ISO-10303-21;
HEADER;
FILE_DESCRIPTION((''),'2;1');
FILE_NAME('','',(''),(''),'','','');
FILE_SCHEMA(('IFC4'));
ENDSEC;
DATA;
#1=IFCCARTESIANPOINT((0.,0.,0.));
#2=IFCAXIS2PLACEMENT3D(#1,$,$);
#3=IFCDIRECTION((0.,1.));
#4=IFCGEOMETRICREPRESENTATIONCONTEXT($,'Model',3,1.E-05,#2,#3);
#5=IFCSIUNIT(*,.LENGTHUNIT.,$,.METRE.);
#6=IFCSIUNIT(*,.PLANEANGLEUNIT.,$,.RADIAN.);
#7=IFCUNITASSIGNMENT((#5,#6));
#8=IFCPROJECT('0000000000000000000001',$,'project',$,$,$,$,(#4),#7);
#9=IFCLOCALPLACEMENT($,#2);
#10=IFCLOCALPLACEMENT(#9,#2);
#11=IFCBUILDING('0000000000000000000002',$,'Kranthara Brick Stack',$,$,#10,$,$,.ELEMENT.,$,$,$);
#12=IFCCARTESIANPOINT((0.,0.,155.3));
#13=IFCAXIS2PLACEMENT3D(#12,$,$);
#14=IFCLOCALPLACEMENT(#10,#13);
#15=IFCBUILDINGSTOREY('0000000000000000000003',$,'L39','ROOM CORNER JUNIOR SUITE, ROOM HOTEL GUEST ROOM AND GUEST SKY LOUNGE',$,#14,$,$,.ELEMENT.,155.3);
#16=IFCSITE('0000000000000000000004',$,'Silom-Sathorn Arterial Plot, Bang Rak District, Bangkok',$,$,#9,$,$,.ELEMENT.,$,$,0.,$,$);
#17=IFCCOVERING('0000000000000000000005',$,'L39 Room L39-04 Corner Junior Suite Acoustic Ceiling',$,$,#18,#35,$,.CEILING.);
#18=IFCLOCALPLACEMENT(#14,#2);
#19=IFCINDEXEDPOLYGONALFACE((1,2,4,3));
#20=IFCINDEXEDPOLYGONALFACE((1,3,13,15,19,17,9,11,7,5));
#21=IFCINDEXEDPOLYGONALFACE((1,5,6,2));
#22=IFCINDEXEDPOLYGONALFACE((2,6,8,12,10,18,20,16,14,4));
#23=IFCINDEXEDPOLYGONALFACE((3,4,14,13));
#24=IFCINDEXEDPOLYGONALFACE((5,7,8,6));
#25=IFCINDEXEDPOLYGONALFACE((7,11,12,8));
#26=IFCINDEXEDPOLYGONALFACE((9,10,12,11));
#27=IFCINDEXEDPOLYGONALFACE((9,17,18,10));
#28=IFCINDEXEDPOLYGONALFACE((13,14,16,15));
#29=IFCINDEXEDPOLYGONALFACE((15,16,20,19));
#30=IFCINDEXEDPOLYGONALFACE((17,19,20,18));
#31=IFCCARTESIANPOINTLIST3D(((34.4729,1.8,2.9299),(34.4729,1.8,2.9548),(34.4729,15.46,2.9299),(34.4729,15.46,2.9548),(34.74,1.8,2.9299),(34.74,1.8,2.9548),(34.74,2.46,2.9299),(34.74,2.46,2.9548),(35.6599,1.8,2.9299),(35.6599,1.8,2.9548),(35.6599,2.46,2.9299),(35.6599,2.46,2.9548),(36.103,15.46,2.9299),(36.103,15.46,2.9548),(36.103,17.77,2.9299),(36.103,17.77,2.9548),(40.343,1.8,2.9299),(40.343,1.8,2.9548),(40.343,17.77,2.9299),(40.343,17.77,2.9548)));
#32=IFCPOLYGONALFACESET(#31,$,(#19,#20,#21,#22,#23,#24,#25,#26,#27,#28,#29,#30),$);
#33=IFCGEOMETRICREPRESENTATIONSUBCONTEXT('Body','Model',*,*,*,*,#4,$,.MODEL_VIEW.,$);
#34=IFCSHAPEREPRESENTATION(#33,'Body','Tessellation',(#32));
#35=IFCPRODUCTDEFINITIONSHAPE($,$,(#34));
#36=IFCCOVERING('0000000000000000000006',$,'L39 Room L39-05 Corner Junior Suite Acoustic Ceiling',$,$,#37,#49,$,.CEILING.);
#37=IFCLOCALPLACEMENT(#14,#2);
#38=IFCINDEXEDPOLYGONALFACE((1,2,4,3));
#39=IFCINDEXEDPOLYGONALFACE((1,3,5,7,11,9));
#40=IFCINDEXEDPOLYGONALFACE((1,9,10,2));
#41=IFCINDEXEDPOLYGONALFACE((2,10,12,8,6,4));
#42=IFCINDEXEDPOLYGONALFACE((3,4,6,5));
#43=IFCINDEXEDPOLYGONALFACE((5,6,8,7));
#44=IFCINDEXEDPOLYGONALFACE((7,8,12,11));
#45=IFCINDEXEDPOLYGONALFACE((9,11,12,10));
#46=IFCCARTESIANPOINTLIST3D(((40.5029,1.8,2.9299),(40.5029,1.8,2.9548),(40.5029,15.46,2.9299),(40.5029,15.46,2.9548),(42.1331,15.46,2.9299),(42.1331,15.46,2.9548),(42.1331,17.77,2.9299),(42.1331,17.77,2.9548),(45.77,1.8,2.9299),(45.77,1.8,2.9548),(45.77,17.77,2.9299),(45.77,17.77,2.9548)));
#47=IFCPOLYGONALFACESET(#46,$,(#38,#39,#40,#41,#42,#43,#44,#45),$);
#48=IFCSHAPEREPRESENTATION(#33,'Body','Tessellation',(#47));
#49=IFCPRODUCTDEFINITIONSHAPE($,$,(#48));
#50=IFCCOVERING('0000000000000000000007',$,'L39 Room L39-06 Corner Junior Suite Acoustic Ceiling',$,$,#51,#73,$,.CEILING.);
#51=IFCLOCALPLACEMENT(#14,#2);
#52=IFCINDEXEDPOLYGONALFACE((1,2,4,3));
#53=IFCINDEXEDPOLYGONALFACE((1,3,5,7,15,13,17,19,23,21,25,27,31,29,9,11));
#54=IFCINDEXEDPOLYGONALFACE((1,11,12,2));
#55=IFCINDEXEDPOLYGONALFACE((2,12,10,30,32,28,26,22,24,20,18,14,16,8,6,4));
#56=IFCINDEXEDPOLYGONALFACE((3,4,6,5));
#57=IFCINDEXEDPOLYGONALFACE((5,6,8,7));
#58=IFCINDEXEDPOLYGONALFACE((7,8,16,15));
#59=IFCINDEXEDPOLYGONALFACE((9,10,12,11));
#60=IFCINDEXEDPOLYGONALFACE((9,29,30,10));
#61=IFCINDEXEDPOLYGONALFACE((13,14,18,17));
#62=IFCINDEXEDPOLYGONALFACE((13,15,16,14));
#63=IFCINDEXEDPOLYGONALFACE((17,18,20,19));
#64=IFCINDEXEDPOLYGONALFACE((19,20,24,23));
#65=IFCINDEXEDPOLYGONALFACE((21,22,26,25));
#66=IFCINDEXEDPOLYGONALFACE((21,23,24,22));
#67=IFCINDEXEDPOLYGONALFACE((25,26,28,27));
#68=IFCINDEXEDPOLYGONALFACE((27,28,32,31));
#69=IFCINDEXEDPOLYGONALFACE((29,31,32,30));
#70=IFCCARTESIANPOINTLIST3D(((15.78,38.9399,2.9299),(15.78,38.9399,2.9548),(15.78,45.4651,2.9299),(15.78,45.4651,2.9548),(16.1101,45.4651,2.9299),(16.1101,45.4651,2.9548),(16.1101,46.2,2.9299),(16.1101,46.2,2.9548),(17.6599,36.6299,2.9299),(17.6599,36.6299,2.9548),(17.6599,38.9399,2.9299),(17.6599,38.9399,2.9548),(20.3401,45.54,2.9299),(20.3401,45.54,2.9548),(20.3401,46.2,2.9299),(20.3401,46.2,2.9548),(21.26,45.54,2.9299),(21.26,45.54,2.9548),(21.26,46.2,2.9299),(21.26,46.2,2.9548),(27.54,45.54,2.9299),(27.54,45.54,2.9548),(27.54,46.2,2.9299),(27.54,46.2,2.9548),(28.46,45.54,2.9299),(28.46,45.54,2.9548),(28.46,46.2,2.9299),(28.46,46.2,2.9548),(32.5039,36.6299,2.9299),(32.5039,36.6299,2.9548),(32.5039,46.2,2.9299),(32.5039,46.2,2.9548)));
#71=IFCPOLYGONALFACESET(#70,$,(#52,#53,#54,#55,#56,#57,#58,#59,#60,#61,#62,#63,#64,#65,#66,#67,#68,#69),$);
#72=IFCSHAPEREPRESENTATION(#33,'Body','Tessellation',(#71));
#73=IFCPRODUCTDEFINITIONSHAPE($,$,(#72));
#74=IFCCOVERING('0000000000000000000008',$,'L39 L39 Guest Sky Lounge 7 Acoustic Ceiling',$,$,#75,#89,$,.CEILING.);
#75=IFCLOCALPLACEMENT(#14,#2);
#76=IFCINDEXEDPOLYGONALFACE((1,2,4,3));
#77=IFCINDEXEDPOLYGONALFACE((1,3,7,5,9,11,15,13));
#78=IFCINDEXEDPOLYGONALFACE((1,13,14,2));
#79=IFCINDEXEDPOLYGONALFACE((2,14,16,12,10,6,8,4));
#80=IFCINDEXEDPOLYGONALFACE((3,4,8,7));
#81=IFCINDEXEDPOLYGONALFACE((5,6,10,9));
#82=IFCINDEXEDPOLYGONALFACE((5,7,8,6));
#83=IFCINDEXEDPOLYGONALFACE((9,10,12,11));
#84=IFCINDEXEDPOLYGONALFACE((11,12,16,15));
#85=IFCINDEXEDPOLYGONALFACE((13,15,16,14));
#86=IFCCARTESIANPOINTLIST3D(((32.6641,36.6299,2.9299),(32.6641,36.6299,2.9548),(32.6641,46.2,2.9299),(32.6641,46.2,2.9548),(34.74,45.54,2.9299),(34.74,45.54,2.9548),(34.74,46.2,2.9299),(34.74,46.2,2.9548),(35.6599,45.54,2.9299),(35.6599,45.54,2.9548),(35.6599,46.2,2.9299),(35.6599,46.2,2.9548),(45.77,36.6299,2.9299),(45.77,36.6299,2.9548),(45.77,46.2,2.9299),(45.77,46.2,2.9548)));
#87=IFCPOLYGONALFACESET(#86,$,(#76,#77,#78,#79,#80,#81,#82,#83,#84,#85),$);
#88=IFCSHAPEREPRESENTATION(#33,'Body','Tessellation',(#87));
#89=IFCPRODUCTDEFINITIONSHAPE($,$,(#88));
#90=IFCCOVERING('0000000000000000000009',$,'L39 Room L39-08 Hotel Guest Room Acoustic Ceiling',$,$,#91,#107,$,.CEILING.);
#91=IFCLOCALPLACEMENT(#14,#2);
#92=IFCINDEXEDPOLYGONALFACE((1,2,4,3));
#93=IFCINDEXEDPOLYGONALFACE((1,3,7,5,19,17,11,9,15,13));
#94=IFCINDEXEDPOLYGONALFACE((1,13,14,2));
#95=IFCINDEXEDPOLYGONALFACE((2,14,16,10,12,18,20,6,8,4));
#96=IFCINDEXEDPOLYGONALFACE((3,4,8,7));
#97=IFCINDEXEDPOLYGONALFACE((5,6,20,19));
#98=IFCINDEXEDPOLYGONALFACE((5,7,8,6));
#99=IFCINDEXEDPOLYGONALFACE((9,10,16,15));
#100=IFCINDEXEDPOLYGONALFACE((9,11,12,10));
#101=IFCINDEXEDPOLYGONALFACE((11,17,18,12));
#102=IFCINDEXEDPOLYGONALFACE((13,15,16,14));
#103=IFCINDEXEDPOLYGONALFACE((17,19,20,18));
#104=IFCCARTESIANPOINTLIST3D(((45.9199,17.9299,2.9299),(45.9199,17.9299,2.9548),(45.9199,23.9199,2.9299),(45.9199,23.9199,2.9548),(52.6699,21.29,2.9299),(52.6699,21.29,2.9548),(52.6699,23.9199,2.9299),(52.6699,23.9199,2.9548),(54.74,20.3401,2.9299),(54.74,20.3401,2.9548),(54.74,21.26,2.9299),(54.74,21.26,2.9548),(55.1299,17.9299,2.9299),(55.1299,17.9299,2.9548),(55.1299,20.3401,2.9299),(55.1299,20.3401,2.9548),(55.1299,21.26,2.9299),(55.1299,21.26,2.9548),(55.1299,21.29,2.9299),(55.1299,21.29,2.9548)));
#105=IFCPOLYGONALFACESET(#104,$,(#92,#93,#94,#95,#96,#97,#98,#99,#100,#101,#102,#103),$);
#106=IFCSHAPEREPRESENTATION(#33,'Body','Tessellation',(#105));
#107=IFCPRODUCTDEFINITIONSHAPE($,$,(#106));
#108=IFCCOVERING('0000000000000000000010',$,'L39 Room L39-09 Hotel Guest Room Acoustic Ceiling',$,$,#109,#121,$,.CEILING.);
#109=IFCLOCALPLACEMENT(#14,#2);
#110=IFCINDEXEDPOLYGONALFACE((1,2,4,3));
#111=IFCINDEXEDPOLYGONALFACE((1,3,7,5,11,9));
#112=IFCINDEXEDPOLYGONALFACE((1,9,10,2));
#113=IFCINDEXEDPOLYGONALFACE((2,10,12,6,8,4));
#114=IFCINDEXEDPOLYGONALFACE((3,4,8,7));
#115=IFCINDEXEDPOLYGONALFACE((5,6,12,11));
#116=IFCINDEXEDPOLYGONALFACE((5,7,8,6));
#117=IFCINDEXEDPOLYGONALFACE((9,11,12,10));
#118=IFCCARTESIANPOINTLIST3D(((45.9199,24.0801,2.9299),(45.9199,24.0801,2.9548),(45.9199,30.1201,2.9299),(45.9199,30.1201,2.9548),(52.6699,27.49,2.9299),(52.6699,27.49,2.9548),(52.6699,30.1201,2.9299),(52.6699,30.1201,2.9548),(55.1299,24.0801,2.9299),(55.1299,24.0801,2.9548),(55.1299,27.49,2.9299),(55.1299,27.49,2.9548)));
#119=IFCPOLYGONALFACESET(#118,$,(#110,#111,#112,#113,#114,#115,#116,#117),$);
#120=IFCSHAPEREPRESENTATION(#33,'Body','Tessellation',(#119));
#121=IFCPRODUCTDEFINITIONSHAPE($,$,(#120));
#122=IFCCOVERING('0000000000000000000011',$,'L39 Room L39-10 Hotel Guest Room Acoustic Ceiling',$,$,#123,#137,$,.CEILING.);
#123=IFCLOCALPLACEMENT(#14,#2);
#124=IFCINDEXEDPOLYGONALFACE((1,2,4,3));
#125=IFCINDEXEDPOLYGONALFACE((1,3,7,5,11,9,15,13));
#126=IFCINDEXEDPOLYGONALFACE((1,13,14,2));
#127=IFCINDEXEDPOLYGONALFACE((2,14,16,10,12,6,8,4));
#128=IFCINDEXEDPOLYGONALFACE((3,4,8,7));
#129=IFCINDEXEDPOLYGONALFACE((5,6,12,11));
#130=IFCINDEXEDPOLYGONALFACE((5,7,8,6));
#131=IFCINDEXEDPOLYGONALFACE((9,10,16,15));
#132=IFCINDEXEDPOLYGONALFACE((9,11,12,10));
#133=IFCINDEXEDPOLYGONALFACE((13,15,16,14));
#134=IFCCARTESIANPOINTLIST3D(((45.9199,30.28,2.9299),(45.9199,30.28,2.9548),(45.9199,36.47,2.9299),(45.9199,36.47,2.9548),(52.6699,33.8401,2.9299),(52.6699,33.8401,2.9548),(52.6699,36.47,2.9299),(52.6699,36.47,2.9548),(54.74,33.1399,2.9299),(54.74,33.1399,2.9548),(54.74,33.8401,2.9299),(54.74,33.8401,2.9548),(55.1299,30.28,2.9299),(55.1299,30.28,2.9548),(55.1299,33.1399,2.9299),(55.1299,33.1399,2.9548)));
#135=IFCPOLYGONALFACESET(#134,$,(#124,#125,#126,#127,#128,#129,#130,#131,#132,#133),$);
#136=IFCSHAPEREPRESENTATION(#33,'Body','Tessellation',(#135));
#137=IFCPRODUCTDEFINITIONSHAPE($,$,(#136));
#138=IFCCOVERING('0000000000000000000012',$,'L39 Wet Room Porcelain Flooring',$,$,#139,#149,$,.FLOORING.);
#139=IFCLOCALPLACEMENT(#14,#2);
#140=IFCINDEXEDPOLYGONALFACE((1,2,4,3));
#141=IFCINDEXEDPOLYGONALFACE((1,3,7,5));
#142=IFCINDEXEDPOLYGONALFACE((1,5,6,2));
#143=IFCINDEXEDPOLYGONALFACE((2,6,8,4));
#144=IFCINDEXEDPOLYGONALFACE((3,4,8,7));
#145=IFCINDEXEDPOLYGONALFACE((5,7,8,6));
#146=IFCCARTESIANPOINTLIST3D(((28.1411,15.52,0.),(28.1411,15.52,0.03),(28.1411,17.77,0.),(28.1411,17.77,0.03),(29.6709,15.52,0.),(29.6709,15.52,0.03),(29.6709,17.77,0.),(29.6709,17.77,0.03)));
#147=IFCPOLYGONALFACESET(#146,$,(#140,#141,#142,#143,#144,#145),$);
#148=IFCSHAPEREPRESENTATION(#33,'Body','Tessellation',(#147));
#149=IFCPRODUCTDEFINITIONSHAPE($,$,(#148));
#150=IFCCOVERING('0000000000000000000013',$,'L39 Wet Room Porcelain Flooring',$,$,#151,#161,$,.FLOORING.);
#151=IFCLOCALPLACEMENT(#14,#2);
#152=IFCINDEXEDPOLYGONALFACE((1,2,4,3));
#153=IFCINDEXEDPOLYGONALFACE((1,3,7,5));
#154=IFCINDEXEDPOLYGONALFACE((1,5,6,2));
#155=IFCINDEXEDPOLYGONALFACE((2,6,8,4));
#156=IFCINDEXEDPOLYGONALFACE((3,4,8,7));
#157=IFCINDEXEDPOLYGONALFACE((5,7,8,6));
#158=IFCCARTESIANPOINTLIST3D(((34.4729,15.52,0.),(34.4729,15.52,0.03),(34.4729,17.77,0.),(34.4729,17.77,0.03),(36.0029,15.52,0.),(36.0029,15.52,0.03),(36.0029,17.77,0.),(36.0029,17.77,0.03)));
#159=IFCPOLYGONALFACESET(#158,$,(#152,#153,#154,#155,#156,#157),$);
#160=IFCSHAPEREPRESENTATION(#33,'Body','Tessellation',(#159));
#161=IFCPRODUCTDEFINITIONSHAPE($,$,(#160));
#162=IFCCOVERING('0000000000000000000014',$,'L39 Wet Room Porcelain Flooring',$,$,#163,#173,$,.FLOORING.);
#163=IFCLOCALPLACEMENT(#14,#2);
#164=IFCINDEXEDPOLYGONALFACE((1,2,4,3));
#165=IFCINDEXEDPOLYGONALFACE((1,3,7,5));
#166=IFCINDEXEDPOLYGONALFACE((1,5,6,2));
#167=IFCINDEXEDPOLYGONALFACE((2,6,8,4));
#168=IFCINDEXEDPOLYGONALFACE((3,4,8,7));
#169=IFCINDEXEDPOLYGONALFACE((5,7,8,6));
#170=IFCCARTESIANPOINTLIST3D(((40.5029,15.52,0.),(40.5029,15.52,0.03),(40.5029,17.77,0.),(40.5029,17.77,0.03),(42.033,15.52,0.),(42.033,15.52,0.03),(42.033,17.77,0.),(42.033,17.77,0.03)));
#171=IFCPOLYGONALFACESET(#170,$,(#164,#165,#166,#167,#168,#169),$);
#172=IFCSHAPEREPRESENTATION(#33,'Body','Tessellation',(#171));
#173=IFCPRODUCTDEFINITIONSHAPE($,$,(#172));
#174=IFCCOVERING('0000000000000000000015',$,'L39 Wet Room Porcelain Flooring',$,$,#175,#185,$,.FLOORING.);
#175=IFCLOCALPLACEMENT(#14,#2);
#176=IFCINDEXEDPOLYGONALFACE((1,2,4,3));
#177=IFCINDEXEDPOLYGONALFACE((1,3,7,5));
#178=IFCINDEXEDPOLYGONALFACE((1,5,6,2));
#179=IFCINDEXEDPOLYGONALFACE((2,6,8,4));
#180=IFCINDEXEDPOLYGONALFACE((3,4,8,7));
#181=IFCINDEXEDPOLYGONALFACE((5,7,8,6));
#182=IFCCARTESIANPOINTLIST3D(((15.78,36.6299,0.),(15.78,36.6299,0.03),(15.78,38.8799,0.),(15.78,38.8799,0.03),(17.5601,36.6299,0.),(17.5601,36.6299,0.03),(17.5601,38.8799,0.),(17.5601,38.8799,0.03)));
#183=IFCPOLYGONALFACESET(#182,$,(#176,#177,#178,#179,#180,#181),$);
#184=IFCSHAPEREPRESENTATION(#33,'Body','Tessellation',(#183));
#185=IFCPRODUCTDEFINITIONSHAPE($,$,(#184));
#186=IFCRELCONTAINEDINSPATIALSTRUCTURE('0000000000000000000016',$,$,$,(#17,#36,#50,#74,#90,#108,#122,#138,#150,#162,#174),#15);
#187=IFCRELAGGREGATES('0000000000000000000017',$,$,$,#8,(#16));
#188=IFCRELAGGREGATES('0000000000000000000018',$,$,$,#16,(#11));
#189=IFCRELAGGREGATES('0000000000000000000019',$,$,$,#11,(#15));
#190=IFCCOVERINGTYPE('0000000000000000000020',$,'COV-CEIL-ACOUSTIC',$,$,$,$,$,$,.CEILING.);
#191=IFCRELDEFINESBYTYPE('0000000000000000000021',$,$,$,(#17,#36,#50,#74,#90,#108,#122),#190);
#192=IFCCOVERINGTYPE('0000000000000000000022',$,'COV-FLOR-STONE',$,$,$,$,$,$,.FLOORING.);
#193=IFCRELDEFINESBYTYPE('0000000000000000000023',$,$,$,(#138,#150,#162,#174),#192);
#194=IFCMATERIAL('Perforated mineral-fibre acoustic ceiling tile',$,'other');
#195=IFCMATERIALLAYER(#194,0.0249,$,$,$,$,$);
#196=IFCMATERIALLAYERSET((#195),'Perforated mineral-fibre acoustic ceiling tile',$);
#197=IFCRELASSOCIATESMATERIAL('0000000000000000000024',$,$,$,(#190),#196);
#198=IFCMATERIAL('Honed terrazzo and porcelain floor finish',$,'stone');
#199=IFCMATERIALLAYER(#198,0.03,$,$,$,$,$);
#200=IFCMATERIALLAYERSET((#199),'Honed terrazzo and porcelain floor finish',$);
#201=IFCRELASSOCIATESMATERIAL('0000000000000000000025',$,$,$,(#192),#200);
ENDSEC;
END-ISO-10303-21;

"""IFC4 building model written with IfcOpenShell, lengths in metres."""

from ifc_helpers import new_model, si_unit, direction, frame, origin, place, context, subcontext, project, spatial, polyline, outline, extrude, material, layer, layer_set, type_object, element, save


model = new_model("IFC4")

# Units and contexts
model_context = context("Model", 3, precision=1e-05, world=origin(), true_north=direction((0.0, 1.0)))
body_context = subcontext(model_context, "Body", "Model", "MODEL_VIEW")
ifc_project = project(units=[si_unit("LENGTHUNIT", "METRE"), si_unit("PLANEANGLEUNIT", "RADIAN")], contexts=[model_context])

# Site, building, storey
site_placement = place(None, origin())
site = spatial("IfcSite", under=ifc_project, at=site_placement, Name="Silom-Sathorn Arterial Plot, Bang Rak District, Bangkok", CompositionType="ELEMENT", RefElevation=0.0)
building_placement = place(site_placement, origin())
building = spatial("IfcBuilding", under=site, at=building_placement, Name="Kranthara Brick Stack", CompositionType="ELEMENT")
storey_placement = place(building_placement, frame((0.0, 0.0, 155.3)))
storey = spatial("IfcBuildingStorey", under=building, at=storey_placement, Name="L39", Description="ROOM CORNER JUNIOR SUITE, ROOM HOTEL GUEST ROOM AND GUEST SKY LOUNGE", CompositionType="ELEMENT", Elevation=155.3)

# Coverings
ifc_material_1 = material(Name="Perforated mineral-fibre acoustic ceiling tile", Category="other")
ifc_layer_1 = layer(ifc_material_1, 0.0249)
ifc_layer_set_1 = layer_set([ifc_layer_1], Name="Perforated mineral-fibre acoustic ceiling tile")
covering_type_1 = type_object("IfcCoveringType", Name="COV-CEIL-ACOUSTIC", PredefinedType="CEILING", material=ifc_layer_set_1)
covering_1_placement = place(storey_placement, frame((0.0, 0.0, 2.9299)))
element("IfcCovering", 1, at=covering_1_placement, inside=storey, type_object=covering_type_1, Name="L39 Room L39-04 Corner Junior Suite Acoustic Ceiling", PredefinedType="CEILING", context=body_context, shape_type="SweptSolid", body=[
    extrude(outline(polyline([(34.4729, 1.8), (34.4729, 15.46), (36.103, 15.46), (36.103, 17.77), (40.343, 17.77), (40.343, 1.8), (35.6599, 1.8), (35.6599, 2.46), (34.74, 2.46), (34.74, 1.8), (34.4729, 1.8)])), origin(), (0.0, 0.0, 1.0), 0.0249),
])
covering_2_placement = place(storey_placement, frame((0.0, 0.0, 2.9299)))
element("IfcCovering", 2, at=covering_2_placement, inside=storey, type_object=covering_type_1, Name="L39 Room L39-05 Corner Junior Suite Acoustic Ceiling", PredefinedType="CEILING", context=body_context, shape_type="SweptSolid", body=[
    extrude(outline(polyline([(40.5029, 1.8), (45.77, 1.8), (45.77, 17.77), (42.1331, 17.77), (42.1331, 15.46), (40.5029, 15.46), (40.5029, 1.8)])), origin(), (0.0, 0.0, 1.0), 0.0249),
])
covering_3_placement = place(storey_placement, frame((0.0, 0.0, 2.9299)))
element("IfcCovering", 3, at=covering_3_placement, inside=storey, type_object=covering_type_1, Name="L39 Room L39-06 Corner Junior Suite Acoustic Ceiling", PredefinedType="CEILING", context=body_context, shape_type="SweptSolid", body=[
    extrude(outline(polyline([(17.6599, 36.6299), (17.6599, 38.9399), (15.78, 38.9399), (15.78, 45.4651), (16.1101, 45.4651), (16.1101, 46.2), (20.3401, 46.2), (20.3401, 45.54), (21.26, 45.54), (21.26, 46.2), (27.54, 46.2), (27.54, 45.54), (28.46, 45.54), (28.46, 46.2), (32.5039, 46.2), (32.5039, 36.6299), (17.6599, 36.6299)])), origin(), (0.0, 0.0, 1.0), 0.0249),
])
covering_4_placement = place(storey_placement, frame((0.0, 0.0, 2.9299)))
element("IfcCovering", 4, at=covering_4_placement, inside=storey, type_object=covering_type_1, Name="L39 L39 Guest Sky Lounge 7 Acoustic Ceiling", PredefinedType="CEILING", context=body_context, shape_type="SweptSolid", body=[
    extrude(outline(polyline([(45.77, 46.2), (45.77, 36.6299), (32.6641, 36.6299), (32.6641, 46.2), (34.74, 46.2), (34.74, 45.54), (35.6599, 45.54), (35.6599, 46.2), (45.77, 46.2)])), origin(), (0.0, 0.0, 1.0), 0.0249),
])
covering_5_placement = place(storey_placement, frame((0.0, 0.0, 2.9299)))
element("IfcCovering", 5, at=covering_5_placement, inside=storey, type_object=covering_type_1, Name="L39 Room L39-08 Hotel Guest Room Acoustic Ceiling", PredefinedType="CEILING", context=body_context, shape_type="SweptSolid", body=[
    extrude(outline(polyline([(55.1299, 17.9299), (45.9199, 17.9299), (45.9199, 23.9199), (52.6699, 23.9199), (52.6699, 21.29), (55.1299, 21.29), (55.1299, 21.26), (54.74, 21.26), (54.74, 20.3401), (55.1299, 20.3401), (55.1299, 17.9299)])), origin(), (0.0, 0.0, 1.0), 0.0249),
])
covering_6_placement = place(storey_placement, frame((0.0, 0.0, 2.9299)))
element("IfcCovering", 6, at=covering_6_placement, inside=storey, type_object=covering_type_1, Name="L39 Room L39-09 Hotel Guest Room Acoustic Ceiling", PredefinedType="CEILING", context=body_context, shape_type="SweptSolid", body=[
    extrude(outline(polyline([(45.9199, 24.0801), (55.1299, 24.0801), (55.1299, 27.49), (52.6699, 27.49), (52.6699, 30.1201), (45.9199, 30.1201), (45.9199, 24.0801)])), origin(), (0.0, 0.0, 1.0), 0.0249),
])
covering_7_placement = place(storey_placement, frame((0.0, 0.0, 2.9299)))
element("IfcCovering", 7, at=covering_7_placement, inside=storey, type_object=covering_type_1, Name="L39 Room L39-10 Hotel Guest Room Acoustic Ceiling", PredefinedType="CEILING", context=body_context, shape_type="SweptSolid", body=[
    extrude(outline(polyline([(55.1299, 30.28), (45.9199, 30.28), (45.9199, 36.47), (52.6699, 36.47), (52.6699, 33.8401), (54.74, 33.8401), (54.74, 33.1399), (55.1299, 33.1399), (55.1299, 30.28)])), origin(), (0.0, 0.0, 1.0), 0.0249),
])
ifc_material_2 = material(Name="Honed terrazzo and porcelain floor finish", Category="stone")
ifc_layer_2 = layer(ifc_material_2, 0.03)
ifc_layer_set_2 = layer_set([ifc_layer_2], Name="Honed terrazzo and porcelain floor finish")
covering_type_2 = type_object("IfcCoveringType", Name="COV-FLOR-STONE", PredefinedType="FLOORING", material=ifc_layer_set_2)
covering_8_placement = place(storey_placement, origin())
element("IfcCovering", 8, at=covering_8_placement, inside=storey, type_object=covering_type_2, Name="L39 Wet Room Porcelain Flooring", PredefinedType="FLOORING", context=body_context, shape_type="SweptSolid", body=[
    extrude(outline(polyline([(28.1411, 15.52), (28.1411, 17.77), (29.6709, 17.77), (29.6709, 15.52), (28.1411, 15.52)])), origin(), (0.0, 0.0, 1.0), 0.03),
])
covering_9_placement = place(storey_placement, origin())
element("IfcCovering", 9, at=covering_9_placement, inside=storey, type_object=covering_type_2, Name="L39 Wet Room Porcelain Flooring", PredefinedType="FLOORING", context=body_context, shape_type="SweptSolid", body=[
    extrude(outline(polyline([(34.4729, 15.52), (34.4729, 17.77), (36.0029, 17.77), (36.0029, 15.52), (34.4729, 15.52)])), origin(), (0.0, 0.0, 1.0), 0.03),
])
covering_10_placement = place(storey_placement, origin())
element("IfcCovering", 10, at=covering_10_placement, inside=storey, type_object=covering_type_2, Name="L39 Wet Room Porcelain Flooring", PredefinedType="FLOORING", context=body_context, shape_type="SweptSolid", body=[
    extrude(outline(polyline([(40.5029, 15.52), (40.5029, 17.77), (42.033, 17.77), (42.033, 15.52), (40.5029, 15.52)])), origin(), (0.0, 0.0, 1.0), 0.03),
])
covering_11_placement = place(storey_placement, origin())
element("IfcCovering", 11, at=covering_11_placement, inside=storey, type_object=covering_type_2, Name="L39 Wet Room Porcelain Flooring", PredefinedType="FLOORING", context=body_context, shape_type="SweptSolid", body=[
    extrude(outline(polyline([(15.78, 36.6299), (15.78, 38.8799), (17.5601, 38.8799), (17.5601, 36.6299), (15.78, 36.6299)])), origin(), (0.0, 0.0, 1.0), 0.03),
])

save(model, "model.ifc")
